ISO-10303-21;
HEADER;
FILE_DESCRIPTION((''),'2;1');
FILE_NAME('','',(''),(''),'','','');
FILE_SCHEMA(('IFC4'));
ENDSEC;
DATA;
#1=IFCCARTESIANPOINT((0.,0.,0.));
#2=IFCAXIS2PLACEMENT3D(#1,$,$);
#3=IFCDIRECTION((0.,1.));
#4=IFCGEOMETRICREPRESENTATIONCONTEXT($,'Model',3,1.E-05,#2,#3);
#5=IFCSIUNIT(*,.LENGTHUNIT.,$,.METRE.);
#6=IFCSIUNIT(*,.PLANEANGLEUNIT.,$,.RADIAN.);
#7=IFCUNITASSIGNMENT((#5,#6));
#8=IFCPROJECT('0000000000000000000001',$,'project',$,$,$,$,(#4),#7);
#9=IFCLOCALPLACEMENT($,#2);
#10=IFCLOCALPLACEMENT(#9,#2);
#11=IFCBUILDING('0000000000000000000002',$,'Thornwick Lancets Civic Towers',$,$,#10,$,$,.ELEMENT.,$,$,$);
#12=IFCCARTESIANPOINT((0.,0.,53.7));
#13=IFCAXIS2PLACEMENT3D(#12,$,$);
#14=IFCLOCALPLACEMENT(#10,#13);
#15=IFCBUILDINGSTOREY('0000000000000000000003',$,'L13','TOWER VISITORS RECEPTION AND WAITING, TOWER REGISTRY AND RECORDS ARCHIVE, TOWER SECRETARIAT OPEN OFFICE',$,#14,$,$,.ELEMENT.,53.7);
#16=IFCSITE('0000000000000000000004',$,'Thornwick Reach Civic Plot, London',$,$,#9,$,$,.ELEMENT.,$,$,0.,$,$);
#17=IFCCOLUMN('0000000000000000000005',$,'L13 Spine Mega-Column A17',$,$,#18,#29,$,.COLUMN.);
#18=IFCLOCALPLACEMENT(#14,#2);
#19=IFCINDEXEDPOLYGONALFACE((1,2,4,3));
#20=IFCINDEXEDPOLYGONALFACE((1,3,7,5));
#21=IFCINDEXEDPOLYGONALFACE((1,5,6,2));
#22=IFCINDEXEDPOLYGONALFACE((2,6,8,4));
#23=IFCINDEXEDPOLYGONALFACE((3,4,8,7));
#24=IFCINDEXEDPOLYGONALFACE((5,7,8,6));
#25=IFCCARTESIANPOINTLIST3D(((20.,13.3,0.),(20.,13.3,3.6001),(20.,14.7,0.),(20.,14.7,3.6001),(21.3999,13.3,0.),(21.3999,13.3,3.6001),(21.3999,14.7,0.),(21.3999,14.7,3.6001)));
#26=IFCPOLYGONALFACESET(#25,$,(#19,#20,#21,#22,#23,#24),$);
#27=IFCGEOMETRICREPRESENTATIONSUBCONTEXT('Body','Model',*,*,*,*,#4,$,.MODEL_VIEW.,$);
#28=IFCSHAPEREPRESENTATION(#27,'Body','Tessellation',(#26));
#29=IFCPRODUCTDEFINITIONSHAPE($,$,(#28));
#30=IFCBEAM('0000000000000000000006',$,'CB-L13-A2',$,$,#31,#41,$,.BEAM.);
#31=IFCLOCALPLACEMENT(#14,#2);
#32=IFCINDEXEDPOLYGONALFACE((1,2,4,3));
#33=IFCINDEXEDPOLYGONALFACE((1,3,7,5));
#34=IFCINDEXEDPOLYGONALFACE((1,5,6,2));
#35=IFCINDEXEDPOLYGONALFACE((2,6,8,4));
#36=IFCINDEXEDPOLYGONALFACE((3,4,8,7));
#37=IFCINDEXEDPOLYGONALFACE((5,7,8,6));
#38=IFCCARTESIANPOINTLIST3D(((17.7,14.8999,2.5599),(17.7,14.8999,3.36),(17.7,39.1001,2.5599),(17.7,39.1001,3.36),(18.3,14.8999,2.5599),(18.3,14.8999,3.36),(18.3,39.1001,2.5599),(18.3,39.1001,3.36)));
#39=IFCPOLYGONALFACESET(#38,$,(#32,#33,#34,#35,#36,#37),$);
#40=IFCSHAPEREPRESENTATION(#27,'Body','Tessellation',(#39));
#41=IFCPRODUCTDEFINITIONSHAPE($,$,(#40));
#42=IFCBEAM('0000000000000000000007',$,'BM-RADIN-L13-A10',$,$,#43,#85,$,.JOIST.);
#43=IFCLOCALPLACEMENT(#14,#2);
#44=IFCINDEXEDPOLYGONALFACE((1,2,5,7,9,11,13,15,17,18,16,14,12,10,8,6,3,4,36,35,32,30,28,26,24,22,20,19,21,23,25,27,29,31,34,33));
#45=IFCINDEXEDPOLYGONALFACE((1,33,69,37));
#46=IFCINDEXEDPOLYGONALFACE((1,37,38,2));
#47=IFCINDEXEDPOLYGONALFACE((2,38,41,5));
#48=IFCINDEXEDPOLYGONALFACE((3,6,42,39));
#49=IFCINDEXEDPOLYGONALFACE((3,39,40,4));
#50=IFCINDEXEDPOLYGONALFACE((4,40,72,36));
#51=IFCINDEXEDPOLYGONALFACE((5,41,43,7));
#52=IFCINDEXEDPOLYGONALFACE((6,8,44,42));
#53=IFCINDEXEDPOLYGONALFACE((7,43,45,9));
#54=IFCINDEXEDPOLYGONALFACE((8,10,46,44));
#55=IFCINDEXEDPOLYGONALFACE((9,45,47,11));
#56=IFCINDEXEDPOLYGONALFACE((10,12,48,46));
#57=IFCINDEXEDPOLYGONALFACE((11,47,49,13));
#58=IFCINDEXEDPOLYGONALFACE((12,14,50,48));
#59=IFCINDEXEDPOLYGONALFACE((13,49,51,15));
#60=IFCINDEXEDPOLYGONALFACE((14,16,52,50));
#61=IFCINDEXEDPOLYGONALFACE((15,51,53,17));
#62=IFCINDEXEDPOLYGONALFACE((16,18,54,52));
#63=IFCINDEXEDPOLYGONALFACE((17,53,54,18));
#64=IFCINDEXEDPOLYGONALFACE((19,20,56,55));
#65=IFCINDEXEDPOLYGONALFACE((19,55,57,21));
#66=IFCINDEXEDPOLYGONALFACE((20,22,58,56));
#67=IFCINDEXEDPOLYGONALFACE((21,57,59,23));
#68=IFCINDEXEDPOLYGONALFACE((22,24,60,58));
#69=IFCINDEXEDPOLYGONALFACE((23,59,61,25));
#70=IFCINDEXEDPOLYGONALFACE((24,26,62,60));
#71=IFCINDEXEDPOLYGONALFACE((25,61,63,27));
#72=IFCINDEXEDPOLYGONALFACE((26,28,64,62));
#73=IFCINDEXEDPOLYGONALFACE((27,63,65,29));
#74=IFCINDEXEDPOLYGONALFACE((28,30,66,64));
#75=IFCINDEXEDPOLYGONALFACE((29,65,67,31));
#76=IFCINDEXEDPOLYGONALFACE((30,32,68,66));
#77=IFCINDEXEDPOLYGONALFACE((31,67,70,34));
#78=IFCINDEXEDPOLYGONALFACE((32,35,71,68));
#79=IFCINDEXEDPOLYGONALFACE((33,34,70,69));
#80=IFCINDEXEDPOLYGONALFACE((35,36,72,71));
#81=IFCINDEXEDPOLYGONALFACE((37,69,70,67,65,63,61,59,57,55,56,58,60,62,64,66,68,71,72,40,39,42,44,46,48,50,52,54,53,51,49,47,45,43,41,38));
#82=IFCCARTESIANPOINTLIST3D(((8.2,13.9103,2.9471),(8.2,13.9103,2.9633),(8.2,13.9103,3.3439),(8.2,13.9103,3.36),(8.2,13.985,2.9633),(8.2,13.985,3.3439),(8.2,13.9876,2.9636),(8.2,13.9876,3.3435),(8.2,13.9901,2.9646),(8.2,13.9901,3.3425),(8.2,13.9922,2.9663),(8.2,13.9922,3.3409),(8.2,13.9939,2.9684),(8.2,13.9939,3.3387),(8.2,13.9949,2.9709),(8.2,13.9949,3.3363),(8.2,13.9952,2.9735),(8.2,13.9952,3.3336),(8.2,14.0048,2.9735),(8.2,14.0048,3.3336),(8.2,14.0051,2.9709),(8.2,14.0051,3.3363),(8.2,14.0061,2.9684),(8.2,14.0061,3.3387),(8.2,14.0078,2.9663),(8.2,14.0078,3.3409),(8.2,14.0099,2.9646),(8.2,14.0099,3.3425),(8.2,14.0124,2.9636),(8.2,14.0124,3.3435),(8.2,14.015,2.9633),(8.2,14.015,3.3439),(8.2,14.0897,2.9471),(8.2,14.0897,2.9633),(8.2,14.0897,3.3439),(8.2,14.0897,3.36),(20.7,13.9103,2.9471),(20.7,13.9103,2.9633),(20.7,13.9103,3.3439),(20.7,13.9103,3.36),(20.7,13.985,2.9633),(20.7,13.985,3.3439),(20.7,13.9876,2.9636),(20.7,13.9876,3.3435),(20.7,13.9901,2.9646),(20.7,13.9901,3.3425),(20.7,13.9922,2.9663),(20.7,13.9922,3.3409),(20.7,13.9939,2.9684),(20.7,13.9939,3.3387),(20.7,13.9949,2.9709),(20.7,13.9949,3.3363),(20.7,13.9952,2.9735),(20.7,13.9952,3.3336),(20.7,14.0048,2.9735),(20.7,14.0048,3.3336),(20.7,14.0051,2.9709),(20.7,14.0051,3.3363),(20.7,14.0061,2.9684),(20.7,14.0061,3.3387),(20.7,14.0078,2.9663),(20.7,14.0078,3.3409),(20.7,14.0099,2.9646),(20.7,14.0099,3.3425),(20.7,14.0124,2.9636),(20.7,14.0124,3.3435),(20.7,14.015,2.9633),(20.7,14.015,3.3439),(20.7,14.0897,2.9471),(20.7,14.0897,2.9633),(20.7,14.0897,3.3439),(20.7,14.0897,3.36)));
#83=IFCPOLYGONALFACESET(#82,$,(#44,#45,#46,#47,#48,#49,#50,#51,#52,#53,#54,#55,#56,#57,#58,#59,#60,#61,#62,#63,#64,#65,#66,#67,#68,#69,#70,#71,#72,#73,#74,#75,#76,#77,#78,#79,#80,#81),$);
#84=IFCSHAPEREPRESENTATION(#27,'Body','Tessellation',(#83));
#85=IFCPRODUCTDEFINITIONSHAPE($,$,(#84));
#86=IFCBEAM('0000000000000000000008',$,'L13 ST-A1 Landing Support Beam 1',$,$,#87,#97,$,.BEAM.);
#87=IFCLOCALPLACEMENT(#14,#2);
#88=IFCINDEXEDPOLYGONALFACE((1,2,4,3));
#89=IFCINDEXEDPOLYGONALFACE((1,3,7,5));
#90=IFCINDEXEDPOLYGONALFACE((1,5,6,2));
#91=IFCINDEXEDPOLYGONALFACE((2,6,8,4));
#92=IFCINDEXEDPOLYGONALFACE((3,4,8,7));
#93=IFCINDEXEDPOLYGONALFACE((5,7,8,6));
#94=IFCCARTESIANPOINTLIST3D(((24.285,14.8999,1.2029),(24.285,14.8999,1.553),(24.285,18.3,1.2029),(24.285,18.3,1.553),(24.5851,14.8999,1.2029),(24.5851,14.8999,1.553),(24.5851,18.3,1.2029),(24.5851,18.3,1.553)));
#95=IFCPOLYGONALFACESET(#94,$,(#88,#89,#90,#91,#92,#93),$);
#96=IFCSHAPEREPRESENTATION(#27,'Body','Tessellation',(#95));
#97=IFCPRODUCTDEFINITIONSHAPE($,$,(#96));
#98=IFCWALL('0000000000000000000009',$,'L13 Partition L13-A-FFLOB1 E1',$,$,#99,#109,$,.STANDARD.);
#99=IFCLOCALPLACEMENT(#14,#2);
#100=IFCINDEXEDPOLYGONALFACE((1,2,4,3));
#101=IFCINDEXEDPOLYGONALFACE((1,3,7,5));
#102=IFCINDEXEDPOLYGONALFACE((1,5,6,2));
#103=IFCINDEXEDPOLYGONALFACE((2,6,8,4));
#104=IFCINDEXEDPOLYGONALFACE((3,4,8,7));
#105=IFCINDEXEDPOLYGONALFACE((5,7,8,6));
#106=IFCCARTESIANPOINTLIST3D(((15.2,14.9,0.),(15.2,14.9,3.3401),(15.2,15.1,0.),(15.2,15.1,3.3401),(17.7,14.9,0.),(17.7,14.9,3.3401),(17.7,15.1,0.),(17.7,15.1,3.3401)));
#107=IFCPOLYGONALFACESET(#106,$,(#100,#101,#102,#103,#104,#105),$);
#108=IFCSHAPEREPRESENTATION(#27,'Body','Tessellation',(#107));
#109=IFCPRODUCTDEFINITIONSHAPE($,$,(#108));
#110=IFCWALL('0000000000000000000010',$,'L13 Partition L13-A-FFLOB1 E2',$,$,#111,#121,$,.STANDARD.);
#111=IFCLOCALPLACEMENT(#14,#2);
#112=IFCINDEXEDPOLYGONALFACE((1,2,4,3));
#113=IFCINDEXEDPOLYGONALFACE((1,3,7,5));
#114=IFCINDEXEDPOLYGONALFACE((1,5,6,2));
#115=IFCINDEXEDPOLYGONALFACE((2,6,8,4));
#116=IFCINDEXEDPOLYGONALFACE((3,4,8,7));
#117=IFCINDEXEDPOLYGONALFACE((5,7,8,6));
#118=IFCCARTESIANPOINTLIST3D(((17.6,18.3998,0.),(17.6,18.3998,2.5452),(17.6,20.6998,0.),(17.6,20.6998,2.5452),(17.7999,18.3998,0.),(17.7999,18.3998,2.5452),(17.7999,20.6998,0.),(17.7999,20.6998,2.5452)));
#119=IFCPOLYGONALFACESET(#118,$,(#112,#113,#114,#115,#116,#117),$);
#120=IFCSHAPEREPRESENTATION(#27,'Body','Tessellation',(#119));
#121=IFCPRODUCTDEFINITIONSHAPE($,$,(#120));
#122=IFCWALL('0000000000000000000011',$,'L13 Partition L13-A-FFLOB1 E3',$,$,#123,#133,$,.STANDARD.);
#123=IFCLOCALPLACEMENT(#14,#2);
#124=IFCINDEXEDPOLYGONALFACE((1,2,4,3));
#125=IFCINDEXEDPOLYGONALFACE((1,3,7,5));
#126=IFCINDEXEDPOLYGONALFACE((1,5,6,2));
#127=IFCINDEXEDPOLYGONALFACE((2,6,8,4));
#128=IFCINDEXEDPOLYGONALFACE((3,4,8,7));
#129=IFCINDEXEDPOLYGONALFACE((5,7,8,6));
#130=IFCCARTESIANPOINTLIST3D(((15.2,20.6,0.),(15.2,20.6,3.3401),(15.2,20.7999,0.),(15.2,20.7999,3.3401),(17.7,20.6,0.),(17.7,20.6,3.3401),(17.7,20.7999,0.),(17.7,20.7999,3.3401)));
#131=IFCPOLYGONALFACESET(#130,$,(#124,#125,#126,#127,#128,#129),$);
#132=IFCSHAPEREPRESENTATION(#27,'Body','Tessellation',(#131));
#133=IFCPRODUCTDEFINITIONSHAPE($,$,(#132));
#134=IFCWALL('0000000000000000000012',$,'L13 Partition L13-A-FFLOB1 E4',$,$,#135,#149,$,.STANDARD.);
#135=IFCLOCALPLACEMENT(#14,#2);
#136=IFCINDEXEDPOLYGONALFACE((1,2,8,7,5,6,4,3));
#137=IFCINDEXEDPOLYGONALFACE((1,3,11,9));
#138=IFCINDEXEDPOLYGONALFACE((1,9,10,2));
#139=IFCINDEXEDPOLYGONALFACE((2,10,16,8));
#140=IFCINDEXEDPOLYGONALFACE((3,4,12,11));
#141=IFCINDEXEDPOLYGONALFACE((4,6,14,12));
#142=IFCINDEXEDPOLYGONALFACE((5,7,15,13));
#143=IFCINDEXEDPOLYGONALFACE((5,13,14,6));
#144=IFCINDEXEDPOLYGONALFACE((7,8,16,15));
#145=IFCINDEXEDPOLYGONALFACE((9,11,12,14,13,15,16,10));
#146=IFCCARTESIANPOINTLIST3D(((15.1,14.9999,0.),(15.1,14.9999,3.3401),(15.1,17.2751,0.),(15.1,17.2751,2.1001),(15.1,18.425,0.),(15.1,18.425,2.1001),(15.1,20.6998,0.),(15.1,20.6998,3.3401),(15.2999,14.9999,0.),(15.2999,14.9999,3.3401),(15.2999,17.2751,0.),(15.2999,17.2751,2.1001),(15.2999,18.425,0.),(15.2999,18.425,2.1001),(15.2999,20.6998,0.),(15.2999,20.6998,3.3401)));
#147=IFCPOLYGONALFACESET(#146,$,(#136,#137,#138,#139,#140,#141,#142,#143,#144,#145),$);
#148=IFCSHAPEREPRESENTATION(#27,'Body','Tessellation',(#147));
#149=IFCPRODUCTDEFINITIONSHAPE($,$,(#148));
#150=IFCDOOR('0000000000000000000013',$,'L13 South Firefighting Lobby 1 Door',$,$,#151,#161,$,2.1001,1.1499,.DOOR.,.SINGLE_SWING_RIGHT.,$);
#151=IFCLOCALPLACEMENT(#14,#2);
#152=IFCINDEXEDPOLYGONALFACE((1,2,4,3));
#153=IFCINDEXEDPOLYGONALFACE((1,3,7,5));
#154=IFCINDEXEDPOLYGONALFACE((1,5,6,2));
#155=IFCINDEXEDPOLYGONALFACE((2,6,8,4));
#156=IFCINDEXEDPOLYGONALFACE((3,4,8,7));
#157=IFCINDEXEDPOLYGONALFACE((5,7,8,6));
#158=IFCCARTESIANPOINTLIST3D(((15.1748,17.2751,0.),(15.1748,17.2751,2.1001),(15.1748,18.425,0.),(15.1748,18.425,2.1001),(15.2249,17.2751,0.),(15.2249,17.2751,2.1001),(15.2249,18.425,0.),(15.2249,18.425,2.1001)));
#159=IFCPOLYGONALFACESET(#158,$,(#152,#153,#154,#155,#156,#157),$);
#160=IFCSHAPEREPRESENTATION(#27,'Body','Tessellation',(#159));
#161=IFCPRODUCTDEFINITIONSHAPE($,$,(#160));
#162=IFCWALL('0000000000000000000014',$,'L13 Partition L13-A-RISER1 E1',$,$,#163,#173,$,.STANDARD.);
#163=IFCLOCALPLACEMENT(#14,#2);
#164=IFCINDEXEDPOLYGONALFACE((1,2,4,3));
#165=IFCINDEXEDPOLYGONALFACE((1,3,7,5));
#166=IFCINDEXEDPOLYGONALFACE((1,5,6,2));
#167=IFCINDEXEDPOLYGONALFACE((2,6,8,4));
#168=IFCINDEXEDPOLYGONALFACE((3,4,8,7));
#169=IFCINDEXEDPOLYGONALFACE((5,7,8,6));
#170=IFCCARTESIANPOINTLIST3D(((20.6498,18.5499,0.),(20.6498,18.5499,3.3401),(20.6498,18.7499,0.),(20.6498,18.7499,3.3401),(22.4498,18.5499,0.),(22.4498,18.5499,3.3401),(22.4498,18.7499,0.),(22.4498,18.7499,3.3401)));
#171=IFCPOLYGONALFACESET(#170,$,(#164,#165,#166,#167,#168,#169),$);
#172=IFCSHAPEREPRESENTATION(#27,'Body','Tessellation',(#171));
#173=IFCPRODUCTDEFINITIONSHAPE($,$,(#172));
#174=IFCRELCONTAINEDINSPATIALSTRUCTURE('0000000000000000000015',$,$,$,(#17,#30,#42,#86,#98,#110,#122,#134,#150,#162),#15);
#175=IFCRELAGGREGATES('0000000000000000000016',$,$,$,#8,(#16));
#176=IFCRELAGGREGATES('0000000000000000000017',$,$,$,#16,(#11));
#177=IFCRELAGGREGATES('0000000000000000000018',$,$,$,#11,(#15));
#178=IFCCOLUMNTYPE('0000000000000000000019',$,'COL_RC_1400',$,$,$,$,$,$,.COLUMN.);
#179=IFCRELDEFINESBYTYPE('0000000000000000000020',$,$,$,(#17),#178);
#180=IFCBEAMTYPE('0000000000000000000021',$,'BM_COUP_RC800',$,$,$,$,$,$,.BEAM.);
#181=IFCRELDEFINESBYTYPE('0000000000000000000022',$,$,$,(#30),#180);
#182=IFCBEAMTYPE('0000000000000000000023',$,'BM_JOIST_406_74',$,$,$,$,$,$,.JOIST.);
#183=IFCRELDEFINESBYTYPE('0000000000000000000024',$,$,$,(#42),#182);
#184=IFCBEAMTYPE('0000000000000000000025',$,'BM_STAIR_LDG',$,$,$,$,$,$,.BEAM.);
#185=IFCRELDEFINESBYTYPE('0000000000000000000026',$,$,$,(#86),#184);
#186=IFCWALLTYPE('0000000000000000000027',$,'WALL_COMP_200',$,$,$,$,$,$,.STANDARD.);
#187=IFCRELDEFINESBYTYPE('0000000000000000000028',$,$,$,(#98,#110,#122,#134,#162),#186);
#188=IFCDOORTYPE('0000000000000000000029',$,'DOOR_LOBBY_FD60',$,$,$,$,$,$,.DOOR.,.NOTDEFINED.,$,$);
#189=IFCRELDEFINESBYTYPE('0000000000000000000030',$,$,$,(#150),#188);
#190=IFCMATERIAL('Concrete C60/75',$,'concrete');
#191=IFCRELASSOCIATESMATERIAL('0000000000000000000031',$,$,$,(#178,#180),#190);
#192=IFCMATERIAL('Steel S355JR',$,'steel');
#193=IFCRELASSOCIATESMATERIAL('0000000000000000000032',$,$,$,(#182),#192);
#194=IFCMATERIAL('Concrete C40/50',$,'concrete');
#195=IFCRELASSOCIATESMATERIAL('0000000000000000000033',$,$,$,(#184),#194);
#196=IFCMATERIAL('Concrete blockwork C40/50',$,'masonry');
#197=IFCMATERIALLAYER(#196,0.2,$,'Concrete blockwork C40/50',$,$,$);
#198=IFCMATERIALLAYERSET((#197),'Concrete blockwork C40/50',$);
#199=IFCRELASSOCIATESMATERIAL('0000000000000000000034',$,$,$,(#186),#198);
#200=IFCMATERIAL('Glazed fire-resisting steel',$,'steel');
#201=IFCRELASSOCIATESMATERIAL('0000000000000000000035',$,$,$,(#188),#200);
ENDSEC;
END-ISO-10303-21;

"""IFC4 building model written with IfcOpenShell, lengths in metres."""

from ifc_helpers import new_model, si_unit, direction, frame, frame_2d, origin, origin_2d, place, context, subcontext, project, spatial, rectangle, i_section, extrude, material, layer, layer_set, material_profile, profile_set, type_object, element, fill, save


model = new_model("IFC4")

# Units and contexts
model_context = context("Model", 3, precision=1e-05, world=origin(), true_north=direction((0.0, 1.0)))
body_context = subcontext(model_context, "Body", "Model", "MODEL_VIEW")
ifc_project = project(units=[si_unit("LENGTHUNIT", "METRE"), si_unit("PLANEANGLEUNIT", "RADIAN")], contexts=[model_context])

# Site, building, storey
site_placement = place(None, origin())
site = spatial("IfcSite", under=ifc_project, at=site_placement, Name="Thornwick Reach Civic Plot, London", CompositionType="ELEMENT", RefElevation=0.0)
building_placement = place(site_placement, origin())
building = spatial("IfcBuilding", under=site, at=building_placement, Name="Thornwick Lancets Civic Towers", CompositionType="ELEMENT")
storey_placement = place(building_placement, frame((0.0, 0.0, 53.7)))
storey = spatial("IfcBuildingStorey", under=building, at=storey_placement, Name="L13", Description="TOWER VISITORS RECEPTION AND WAITING, TOWER REGISTRY AND RECORDS ARCHIVE, TOWER SECRETARIAT OPEN OFFICE", CompositionType="ELEMENT", Elevation=53.7)

# Column
ifc_material_1 = material(Name="Concrete C60/75", Category="concrete")
ifc_material_profile_1 = material_profile(ifc_material_1, rectangle(XDim=1.3999, YDim=1.3999, at=origin_2d()), Name="RC 1400x1400")
ifc_profile_set_1 = profile_set([ifc_material_profile_1], Name="Concrete C60/75")
column_type = type_object("IfcColumnType", Name="COL_RC_1400", PredefinedType="COLUMN", material=ifc_profile_set_1)
column_placement = place(storey_placement, frame((20.7, 14.0, 0.0), z_axis=(0.0, 0.0, 1.0), x_axis=(1.0, 0.0, 0.0)))
element("IfcColumn", 1, at=column_placement, inside=storey, type_object=column_type, Name="L13 Spine Mega-Column A17", PredefinedType="COLUMN", context=body_context, shape_type="SweptSolid", body=[
    extrude(rectangle(XDim=1.3999, YDim=1.3999, at=origin_2d()), origin(), (0.0, 0.0, 1.0), 3.6001),
])

# Beams
ifc_material_profile_2 = material_profile(ifc_material_1, rectangle(XDim=0.6001, YDim=0.8, at=origin_2d()), Name="RC 600x800")
ifc_profile_set_2 = profile_set([ifc_material_profile_2], Name="Concrete C60/75")
beam_type_1 = type_object("IfcBeamType", Name="BM_COUP_RC800", PredefinedType="BEAM", material=ifc_profile_set_2)
beam_1_placement = place(storey_placement, frame((18.0, 14.8999, 2.96), z_axis=(0.0, 1.0, 0.0), x_axis=(-1.0, 0.0, 0.0)))
element("IfcBeam", 2, at=beam_1_placement, inside=storey, type_object=beam_type_1, Name="CB-L13-A2", PredefinedType="BEAM", context=body_context, shape_type="SweptSolid", body=[
    extrude(rectangle(XDim=0.6001, YDim=0.8, at=origin_2d()), origin(), (0.0, 0.0, 1.0), 24.2002),
])
ifc_material_2 = material(Name="Steel S355JR", Category="steel")
ifc_material_profile_3 = material_profile(ifc_material_2, i_section(OverallWidth=0.1794, OverallDepth=0.4128, WebThickness=0.0095, FlangeThickness=0.0161, FilletRadius=0.0103, at=origin_2d()), Name="UKB 406x178x74")
ifc_profile_set_3 = profile_set([ifc_material_profile_3], Name="Steel S355JR")
beam_type_2 = type_object("IfcBeamType", Name="BM_JOIST_406_74", PredefinedType="JOIST", material=ifc_profile_set_3)
beam_2_placement = place(storey_placement, frame((20.7, 14.0, 3.1536), z_axis=(-1.0, 0.0, 0.0), x_axis=(0.0, -1.0, 0.0)))
element("IfcBeam", 3, at=beam_2_placement, inside=storey, type_object=beam_type_2, Name="BM-RADIN-L13-A10", PredefinedType="JOIST", context=body_context, shape_type="SweptSolid", body=[
    extrude(i_section(OverallWidth=0.1794, OverallDepth=0.4128, WebThickness=0.0095, FlangeThickness=0.0161, FilletRadius=0.0103, at=origin_2d()), origin(), (0.0, 0.0, 1.0), 12.5),
])
ifc_material_3 = material(Name="Concrete C40/50", Category="concrete")
ifc_material_profile_4 = material_profile(ifc_material_3, rectangle(XDim=0.3, YDim=0.3501, at=origin_2d()), Name="RC 300x350")
ifc_profile_set_4 = profile_set([ifc_material_profile_4], Name="Concrete C40/50")
beam_type_3 = type_object("IfcBeamType", Name="BM_STAIR_LDG", PredefinedType="BEAM", material=ifc_profile_set_4)
beam_3_placement = place(storey_placement, frame((24.4351, 14.8999, 1.3779), z_axis=(0.0, 1.0, 0.0), x_axis=(-1.0, 0.0, 0.0)))
element("IfcBeam", 4, at=beam_3_placement, inside=storey, type_object=beam_type_3, Name="L13 ST-A1 Landing Support Beam 1", PredefinedType="BEAM", context=body_context, shape_type="SweptSolid", body=[
    extrude(rectangle(XDim=0.3, YDim=0.3501, at=origin_2d()), origin(), (0.0, 0.0, 1.0), 3.4001),
])

# Walls
ifc_material_4 = material(Name="Concrete blockwork C40/50", Category="masonry")
ifc_layer_1 = layer(ifc_material_4, 0.2, Name="Concrete blockwork C40/50")
ifc_layer_set_1 = layer_set([ifc_layer_1], Name="Concrete blockwork C40/50")
wall_type_1 = type_object("IfcWallType", Name="WALL_COMP_200", PredefinedType="STANDARD", material=ifc_layer_set_1)
wall_1_placement = place(storey_placement, frame((15.2, 15.0, 0.0), z_axis=(0.0, 0.0, 1.0), x_axis=(1.0, 0.0, 0.0)))
element("IfcWall", 5, at=wall_1_placement, inside=storey, type_object=wall_type_1, Name="L13 Partition L13-A-FFLOB1 E1", PredefinedType="STANDARD", context=body_context, shape_type="SweptSolid", body=[
    extrude(rectangle(XDim=2.5, YDim=0.2, at=frame_2d((1.25, 0.0))), origin(), (0.0, 0.0, 1.0), 3.3401),
])
wall_2_placement = place(storey_placement, frame((17.7, 18.3999, 0.0), z_axis=(0.0, 0.0, 1.0), x_axis=(0.0, 1.0, 0.0)))
element("IfcWall", 6, at=wall_2_placement, inside=storey, type_object=wall_type_1, Name="L13 Partition L13-A-FFLOB1 E2", PredefinedType="STANDARD", context=body_context, shape_type="SweptSolid", body=[
    extrude(rectangle(XDim=2.3, YDim=0.2, at=frame_2d((1.1499, 0.0))), origin(), (0.0, 0.0, 1.0), 2.5452),
])
wall_3_placement = place(storey_placement, frame((17.7, 20.7, 0.0), z_axis=(0.0, 0.0, 1.0), x_axis=(-1.0, 0.0, 0.0)))
element("IfcWall", 7, at=wall_3_placement, inside=storey, type_object=wall_type_1, Name="L13 Partition L13-A-FFLOB1 E3", PredefinedType="STANDARD", context=body_context, shape_type="SweptSolid", body=[
    extrude(rectangle(XDim=2.5, YDim=0.2, at=frame_2d((1.25, 0.0))), origin(), (0.0, 0.0, 1.0), 3.3401),
])

# Wall, opening, door
wall_4_placement = place(storey_placement, frame((15.2, 20.7, 0.0), z_axis=(0.0, 0.0, 1.0), x_axis=(0.0, -1.0, 0.0)))
wall_4 = element("IfcWall", 8, at=wall_4_placement, inside=storey, type_object=wall_type_1, Name="L13 Partition L13-A-FFLOB1 E4", PredefinedType="STANDARD", context=body_context, shape_type="SweptSolid", body=[
    extrude(rectangle(XDim=5.7, YDim=0.2, at=frame_2d((2.8501, 0.0))), origin(), (0.0, 0.0, 1.0), 3.3401),
])
opening_1_placement = place(wall_4_placement, frame((2.2749, 0.0, 0.0)))
opening_1 = element("IfcOpeningElement", 9, at=opening_1_placement, cuts=wall_4, PredefinedType="OPENING", context=body_context, shape_type="SweptSolid", body=[
    extrude(rectangle(XDim=1.1499, YDim=2.1001, at=frame_2d((0.575, 1.05))), frame((0.0, 0.1099, 0.0), z_axis=(0.0, -1.0, 0.0), x_axis=(1.0, 0.0, 0.0)), (0.0, 0.0, 1.0), 0.22),
])
ifc_material_5 = material(Name="Glazed fire-resisting steel", Category="steel")
door_type_1 = type_object("IfcDoorType", Name="DOOR_LOBBY_FD60", OperationType="NOTDEFINED", PredefinedType="DOOR", material=ifc_material_5)
door_1_placement = place(opening_1_placement, origin())
door_1 = element("IfcDoor", 10, at=door_1_placement, inside=storey, type_object=door_type_1, Name="L13 South Firefighting Lobby 1 Door", OperationType="SINGLE_SWING_RIGHT", OverallHeight=2.1001, OverallWidth=1.1499, PredefinedType="DOOR", context=body_context, shape_type="SweptSolid", body=[
    extrude(rectangle(XDim=1.1499, YDim=2.1001, at=frame_2d((0.575, 1.05))), frame((0.0, 0.0249, 0.0), z_axis=(0.0, -1.0, 0.0), x_axis=(1.0, 0.0, 0.0)), (0.0, 0.0, 1.0), 0.05),
])
fill(opening_1, door_1)

# Wall
wall_5_placement = place(storey_placement, frame((20.6499, 18.6499, 0.0), z_axis=(0.0, 0.0, 1.0), x_axis=(1.0, 0.0, 0.0)))
element("IfcWall", 11, at=wall_5_placement, inside=storey, type_object=wall_type_1, Name="L13 Partition L13-A-RISER1 E1", PredefinedType="STANDARD", context=body_context, shape_type="SweptSolid", body=[
    extrude(rectangle(XDim=1.8, YDim=0.2, at=frame_2d((0.8999, 0.0))), origin(), (0.0, 0.0, 1.0), 3.3401),
])

save(model, "model.ifc")
